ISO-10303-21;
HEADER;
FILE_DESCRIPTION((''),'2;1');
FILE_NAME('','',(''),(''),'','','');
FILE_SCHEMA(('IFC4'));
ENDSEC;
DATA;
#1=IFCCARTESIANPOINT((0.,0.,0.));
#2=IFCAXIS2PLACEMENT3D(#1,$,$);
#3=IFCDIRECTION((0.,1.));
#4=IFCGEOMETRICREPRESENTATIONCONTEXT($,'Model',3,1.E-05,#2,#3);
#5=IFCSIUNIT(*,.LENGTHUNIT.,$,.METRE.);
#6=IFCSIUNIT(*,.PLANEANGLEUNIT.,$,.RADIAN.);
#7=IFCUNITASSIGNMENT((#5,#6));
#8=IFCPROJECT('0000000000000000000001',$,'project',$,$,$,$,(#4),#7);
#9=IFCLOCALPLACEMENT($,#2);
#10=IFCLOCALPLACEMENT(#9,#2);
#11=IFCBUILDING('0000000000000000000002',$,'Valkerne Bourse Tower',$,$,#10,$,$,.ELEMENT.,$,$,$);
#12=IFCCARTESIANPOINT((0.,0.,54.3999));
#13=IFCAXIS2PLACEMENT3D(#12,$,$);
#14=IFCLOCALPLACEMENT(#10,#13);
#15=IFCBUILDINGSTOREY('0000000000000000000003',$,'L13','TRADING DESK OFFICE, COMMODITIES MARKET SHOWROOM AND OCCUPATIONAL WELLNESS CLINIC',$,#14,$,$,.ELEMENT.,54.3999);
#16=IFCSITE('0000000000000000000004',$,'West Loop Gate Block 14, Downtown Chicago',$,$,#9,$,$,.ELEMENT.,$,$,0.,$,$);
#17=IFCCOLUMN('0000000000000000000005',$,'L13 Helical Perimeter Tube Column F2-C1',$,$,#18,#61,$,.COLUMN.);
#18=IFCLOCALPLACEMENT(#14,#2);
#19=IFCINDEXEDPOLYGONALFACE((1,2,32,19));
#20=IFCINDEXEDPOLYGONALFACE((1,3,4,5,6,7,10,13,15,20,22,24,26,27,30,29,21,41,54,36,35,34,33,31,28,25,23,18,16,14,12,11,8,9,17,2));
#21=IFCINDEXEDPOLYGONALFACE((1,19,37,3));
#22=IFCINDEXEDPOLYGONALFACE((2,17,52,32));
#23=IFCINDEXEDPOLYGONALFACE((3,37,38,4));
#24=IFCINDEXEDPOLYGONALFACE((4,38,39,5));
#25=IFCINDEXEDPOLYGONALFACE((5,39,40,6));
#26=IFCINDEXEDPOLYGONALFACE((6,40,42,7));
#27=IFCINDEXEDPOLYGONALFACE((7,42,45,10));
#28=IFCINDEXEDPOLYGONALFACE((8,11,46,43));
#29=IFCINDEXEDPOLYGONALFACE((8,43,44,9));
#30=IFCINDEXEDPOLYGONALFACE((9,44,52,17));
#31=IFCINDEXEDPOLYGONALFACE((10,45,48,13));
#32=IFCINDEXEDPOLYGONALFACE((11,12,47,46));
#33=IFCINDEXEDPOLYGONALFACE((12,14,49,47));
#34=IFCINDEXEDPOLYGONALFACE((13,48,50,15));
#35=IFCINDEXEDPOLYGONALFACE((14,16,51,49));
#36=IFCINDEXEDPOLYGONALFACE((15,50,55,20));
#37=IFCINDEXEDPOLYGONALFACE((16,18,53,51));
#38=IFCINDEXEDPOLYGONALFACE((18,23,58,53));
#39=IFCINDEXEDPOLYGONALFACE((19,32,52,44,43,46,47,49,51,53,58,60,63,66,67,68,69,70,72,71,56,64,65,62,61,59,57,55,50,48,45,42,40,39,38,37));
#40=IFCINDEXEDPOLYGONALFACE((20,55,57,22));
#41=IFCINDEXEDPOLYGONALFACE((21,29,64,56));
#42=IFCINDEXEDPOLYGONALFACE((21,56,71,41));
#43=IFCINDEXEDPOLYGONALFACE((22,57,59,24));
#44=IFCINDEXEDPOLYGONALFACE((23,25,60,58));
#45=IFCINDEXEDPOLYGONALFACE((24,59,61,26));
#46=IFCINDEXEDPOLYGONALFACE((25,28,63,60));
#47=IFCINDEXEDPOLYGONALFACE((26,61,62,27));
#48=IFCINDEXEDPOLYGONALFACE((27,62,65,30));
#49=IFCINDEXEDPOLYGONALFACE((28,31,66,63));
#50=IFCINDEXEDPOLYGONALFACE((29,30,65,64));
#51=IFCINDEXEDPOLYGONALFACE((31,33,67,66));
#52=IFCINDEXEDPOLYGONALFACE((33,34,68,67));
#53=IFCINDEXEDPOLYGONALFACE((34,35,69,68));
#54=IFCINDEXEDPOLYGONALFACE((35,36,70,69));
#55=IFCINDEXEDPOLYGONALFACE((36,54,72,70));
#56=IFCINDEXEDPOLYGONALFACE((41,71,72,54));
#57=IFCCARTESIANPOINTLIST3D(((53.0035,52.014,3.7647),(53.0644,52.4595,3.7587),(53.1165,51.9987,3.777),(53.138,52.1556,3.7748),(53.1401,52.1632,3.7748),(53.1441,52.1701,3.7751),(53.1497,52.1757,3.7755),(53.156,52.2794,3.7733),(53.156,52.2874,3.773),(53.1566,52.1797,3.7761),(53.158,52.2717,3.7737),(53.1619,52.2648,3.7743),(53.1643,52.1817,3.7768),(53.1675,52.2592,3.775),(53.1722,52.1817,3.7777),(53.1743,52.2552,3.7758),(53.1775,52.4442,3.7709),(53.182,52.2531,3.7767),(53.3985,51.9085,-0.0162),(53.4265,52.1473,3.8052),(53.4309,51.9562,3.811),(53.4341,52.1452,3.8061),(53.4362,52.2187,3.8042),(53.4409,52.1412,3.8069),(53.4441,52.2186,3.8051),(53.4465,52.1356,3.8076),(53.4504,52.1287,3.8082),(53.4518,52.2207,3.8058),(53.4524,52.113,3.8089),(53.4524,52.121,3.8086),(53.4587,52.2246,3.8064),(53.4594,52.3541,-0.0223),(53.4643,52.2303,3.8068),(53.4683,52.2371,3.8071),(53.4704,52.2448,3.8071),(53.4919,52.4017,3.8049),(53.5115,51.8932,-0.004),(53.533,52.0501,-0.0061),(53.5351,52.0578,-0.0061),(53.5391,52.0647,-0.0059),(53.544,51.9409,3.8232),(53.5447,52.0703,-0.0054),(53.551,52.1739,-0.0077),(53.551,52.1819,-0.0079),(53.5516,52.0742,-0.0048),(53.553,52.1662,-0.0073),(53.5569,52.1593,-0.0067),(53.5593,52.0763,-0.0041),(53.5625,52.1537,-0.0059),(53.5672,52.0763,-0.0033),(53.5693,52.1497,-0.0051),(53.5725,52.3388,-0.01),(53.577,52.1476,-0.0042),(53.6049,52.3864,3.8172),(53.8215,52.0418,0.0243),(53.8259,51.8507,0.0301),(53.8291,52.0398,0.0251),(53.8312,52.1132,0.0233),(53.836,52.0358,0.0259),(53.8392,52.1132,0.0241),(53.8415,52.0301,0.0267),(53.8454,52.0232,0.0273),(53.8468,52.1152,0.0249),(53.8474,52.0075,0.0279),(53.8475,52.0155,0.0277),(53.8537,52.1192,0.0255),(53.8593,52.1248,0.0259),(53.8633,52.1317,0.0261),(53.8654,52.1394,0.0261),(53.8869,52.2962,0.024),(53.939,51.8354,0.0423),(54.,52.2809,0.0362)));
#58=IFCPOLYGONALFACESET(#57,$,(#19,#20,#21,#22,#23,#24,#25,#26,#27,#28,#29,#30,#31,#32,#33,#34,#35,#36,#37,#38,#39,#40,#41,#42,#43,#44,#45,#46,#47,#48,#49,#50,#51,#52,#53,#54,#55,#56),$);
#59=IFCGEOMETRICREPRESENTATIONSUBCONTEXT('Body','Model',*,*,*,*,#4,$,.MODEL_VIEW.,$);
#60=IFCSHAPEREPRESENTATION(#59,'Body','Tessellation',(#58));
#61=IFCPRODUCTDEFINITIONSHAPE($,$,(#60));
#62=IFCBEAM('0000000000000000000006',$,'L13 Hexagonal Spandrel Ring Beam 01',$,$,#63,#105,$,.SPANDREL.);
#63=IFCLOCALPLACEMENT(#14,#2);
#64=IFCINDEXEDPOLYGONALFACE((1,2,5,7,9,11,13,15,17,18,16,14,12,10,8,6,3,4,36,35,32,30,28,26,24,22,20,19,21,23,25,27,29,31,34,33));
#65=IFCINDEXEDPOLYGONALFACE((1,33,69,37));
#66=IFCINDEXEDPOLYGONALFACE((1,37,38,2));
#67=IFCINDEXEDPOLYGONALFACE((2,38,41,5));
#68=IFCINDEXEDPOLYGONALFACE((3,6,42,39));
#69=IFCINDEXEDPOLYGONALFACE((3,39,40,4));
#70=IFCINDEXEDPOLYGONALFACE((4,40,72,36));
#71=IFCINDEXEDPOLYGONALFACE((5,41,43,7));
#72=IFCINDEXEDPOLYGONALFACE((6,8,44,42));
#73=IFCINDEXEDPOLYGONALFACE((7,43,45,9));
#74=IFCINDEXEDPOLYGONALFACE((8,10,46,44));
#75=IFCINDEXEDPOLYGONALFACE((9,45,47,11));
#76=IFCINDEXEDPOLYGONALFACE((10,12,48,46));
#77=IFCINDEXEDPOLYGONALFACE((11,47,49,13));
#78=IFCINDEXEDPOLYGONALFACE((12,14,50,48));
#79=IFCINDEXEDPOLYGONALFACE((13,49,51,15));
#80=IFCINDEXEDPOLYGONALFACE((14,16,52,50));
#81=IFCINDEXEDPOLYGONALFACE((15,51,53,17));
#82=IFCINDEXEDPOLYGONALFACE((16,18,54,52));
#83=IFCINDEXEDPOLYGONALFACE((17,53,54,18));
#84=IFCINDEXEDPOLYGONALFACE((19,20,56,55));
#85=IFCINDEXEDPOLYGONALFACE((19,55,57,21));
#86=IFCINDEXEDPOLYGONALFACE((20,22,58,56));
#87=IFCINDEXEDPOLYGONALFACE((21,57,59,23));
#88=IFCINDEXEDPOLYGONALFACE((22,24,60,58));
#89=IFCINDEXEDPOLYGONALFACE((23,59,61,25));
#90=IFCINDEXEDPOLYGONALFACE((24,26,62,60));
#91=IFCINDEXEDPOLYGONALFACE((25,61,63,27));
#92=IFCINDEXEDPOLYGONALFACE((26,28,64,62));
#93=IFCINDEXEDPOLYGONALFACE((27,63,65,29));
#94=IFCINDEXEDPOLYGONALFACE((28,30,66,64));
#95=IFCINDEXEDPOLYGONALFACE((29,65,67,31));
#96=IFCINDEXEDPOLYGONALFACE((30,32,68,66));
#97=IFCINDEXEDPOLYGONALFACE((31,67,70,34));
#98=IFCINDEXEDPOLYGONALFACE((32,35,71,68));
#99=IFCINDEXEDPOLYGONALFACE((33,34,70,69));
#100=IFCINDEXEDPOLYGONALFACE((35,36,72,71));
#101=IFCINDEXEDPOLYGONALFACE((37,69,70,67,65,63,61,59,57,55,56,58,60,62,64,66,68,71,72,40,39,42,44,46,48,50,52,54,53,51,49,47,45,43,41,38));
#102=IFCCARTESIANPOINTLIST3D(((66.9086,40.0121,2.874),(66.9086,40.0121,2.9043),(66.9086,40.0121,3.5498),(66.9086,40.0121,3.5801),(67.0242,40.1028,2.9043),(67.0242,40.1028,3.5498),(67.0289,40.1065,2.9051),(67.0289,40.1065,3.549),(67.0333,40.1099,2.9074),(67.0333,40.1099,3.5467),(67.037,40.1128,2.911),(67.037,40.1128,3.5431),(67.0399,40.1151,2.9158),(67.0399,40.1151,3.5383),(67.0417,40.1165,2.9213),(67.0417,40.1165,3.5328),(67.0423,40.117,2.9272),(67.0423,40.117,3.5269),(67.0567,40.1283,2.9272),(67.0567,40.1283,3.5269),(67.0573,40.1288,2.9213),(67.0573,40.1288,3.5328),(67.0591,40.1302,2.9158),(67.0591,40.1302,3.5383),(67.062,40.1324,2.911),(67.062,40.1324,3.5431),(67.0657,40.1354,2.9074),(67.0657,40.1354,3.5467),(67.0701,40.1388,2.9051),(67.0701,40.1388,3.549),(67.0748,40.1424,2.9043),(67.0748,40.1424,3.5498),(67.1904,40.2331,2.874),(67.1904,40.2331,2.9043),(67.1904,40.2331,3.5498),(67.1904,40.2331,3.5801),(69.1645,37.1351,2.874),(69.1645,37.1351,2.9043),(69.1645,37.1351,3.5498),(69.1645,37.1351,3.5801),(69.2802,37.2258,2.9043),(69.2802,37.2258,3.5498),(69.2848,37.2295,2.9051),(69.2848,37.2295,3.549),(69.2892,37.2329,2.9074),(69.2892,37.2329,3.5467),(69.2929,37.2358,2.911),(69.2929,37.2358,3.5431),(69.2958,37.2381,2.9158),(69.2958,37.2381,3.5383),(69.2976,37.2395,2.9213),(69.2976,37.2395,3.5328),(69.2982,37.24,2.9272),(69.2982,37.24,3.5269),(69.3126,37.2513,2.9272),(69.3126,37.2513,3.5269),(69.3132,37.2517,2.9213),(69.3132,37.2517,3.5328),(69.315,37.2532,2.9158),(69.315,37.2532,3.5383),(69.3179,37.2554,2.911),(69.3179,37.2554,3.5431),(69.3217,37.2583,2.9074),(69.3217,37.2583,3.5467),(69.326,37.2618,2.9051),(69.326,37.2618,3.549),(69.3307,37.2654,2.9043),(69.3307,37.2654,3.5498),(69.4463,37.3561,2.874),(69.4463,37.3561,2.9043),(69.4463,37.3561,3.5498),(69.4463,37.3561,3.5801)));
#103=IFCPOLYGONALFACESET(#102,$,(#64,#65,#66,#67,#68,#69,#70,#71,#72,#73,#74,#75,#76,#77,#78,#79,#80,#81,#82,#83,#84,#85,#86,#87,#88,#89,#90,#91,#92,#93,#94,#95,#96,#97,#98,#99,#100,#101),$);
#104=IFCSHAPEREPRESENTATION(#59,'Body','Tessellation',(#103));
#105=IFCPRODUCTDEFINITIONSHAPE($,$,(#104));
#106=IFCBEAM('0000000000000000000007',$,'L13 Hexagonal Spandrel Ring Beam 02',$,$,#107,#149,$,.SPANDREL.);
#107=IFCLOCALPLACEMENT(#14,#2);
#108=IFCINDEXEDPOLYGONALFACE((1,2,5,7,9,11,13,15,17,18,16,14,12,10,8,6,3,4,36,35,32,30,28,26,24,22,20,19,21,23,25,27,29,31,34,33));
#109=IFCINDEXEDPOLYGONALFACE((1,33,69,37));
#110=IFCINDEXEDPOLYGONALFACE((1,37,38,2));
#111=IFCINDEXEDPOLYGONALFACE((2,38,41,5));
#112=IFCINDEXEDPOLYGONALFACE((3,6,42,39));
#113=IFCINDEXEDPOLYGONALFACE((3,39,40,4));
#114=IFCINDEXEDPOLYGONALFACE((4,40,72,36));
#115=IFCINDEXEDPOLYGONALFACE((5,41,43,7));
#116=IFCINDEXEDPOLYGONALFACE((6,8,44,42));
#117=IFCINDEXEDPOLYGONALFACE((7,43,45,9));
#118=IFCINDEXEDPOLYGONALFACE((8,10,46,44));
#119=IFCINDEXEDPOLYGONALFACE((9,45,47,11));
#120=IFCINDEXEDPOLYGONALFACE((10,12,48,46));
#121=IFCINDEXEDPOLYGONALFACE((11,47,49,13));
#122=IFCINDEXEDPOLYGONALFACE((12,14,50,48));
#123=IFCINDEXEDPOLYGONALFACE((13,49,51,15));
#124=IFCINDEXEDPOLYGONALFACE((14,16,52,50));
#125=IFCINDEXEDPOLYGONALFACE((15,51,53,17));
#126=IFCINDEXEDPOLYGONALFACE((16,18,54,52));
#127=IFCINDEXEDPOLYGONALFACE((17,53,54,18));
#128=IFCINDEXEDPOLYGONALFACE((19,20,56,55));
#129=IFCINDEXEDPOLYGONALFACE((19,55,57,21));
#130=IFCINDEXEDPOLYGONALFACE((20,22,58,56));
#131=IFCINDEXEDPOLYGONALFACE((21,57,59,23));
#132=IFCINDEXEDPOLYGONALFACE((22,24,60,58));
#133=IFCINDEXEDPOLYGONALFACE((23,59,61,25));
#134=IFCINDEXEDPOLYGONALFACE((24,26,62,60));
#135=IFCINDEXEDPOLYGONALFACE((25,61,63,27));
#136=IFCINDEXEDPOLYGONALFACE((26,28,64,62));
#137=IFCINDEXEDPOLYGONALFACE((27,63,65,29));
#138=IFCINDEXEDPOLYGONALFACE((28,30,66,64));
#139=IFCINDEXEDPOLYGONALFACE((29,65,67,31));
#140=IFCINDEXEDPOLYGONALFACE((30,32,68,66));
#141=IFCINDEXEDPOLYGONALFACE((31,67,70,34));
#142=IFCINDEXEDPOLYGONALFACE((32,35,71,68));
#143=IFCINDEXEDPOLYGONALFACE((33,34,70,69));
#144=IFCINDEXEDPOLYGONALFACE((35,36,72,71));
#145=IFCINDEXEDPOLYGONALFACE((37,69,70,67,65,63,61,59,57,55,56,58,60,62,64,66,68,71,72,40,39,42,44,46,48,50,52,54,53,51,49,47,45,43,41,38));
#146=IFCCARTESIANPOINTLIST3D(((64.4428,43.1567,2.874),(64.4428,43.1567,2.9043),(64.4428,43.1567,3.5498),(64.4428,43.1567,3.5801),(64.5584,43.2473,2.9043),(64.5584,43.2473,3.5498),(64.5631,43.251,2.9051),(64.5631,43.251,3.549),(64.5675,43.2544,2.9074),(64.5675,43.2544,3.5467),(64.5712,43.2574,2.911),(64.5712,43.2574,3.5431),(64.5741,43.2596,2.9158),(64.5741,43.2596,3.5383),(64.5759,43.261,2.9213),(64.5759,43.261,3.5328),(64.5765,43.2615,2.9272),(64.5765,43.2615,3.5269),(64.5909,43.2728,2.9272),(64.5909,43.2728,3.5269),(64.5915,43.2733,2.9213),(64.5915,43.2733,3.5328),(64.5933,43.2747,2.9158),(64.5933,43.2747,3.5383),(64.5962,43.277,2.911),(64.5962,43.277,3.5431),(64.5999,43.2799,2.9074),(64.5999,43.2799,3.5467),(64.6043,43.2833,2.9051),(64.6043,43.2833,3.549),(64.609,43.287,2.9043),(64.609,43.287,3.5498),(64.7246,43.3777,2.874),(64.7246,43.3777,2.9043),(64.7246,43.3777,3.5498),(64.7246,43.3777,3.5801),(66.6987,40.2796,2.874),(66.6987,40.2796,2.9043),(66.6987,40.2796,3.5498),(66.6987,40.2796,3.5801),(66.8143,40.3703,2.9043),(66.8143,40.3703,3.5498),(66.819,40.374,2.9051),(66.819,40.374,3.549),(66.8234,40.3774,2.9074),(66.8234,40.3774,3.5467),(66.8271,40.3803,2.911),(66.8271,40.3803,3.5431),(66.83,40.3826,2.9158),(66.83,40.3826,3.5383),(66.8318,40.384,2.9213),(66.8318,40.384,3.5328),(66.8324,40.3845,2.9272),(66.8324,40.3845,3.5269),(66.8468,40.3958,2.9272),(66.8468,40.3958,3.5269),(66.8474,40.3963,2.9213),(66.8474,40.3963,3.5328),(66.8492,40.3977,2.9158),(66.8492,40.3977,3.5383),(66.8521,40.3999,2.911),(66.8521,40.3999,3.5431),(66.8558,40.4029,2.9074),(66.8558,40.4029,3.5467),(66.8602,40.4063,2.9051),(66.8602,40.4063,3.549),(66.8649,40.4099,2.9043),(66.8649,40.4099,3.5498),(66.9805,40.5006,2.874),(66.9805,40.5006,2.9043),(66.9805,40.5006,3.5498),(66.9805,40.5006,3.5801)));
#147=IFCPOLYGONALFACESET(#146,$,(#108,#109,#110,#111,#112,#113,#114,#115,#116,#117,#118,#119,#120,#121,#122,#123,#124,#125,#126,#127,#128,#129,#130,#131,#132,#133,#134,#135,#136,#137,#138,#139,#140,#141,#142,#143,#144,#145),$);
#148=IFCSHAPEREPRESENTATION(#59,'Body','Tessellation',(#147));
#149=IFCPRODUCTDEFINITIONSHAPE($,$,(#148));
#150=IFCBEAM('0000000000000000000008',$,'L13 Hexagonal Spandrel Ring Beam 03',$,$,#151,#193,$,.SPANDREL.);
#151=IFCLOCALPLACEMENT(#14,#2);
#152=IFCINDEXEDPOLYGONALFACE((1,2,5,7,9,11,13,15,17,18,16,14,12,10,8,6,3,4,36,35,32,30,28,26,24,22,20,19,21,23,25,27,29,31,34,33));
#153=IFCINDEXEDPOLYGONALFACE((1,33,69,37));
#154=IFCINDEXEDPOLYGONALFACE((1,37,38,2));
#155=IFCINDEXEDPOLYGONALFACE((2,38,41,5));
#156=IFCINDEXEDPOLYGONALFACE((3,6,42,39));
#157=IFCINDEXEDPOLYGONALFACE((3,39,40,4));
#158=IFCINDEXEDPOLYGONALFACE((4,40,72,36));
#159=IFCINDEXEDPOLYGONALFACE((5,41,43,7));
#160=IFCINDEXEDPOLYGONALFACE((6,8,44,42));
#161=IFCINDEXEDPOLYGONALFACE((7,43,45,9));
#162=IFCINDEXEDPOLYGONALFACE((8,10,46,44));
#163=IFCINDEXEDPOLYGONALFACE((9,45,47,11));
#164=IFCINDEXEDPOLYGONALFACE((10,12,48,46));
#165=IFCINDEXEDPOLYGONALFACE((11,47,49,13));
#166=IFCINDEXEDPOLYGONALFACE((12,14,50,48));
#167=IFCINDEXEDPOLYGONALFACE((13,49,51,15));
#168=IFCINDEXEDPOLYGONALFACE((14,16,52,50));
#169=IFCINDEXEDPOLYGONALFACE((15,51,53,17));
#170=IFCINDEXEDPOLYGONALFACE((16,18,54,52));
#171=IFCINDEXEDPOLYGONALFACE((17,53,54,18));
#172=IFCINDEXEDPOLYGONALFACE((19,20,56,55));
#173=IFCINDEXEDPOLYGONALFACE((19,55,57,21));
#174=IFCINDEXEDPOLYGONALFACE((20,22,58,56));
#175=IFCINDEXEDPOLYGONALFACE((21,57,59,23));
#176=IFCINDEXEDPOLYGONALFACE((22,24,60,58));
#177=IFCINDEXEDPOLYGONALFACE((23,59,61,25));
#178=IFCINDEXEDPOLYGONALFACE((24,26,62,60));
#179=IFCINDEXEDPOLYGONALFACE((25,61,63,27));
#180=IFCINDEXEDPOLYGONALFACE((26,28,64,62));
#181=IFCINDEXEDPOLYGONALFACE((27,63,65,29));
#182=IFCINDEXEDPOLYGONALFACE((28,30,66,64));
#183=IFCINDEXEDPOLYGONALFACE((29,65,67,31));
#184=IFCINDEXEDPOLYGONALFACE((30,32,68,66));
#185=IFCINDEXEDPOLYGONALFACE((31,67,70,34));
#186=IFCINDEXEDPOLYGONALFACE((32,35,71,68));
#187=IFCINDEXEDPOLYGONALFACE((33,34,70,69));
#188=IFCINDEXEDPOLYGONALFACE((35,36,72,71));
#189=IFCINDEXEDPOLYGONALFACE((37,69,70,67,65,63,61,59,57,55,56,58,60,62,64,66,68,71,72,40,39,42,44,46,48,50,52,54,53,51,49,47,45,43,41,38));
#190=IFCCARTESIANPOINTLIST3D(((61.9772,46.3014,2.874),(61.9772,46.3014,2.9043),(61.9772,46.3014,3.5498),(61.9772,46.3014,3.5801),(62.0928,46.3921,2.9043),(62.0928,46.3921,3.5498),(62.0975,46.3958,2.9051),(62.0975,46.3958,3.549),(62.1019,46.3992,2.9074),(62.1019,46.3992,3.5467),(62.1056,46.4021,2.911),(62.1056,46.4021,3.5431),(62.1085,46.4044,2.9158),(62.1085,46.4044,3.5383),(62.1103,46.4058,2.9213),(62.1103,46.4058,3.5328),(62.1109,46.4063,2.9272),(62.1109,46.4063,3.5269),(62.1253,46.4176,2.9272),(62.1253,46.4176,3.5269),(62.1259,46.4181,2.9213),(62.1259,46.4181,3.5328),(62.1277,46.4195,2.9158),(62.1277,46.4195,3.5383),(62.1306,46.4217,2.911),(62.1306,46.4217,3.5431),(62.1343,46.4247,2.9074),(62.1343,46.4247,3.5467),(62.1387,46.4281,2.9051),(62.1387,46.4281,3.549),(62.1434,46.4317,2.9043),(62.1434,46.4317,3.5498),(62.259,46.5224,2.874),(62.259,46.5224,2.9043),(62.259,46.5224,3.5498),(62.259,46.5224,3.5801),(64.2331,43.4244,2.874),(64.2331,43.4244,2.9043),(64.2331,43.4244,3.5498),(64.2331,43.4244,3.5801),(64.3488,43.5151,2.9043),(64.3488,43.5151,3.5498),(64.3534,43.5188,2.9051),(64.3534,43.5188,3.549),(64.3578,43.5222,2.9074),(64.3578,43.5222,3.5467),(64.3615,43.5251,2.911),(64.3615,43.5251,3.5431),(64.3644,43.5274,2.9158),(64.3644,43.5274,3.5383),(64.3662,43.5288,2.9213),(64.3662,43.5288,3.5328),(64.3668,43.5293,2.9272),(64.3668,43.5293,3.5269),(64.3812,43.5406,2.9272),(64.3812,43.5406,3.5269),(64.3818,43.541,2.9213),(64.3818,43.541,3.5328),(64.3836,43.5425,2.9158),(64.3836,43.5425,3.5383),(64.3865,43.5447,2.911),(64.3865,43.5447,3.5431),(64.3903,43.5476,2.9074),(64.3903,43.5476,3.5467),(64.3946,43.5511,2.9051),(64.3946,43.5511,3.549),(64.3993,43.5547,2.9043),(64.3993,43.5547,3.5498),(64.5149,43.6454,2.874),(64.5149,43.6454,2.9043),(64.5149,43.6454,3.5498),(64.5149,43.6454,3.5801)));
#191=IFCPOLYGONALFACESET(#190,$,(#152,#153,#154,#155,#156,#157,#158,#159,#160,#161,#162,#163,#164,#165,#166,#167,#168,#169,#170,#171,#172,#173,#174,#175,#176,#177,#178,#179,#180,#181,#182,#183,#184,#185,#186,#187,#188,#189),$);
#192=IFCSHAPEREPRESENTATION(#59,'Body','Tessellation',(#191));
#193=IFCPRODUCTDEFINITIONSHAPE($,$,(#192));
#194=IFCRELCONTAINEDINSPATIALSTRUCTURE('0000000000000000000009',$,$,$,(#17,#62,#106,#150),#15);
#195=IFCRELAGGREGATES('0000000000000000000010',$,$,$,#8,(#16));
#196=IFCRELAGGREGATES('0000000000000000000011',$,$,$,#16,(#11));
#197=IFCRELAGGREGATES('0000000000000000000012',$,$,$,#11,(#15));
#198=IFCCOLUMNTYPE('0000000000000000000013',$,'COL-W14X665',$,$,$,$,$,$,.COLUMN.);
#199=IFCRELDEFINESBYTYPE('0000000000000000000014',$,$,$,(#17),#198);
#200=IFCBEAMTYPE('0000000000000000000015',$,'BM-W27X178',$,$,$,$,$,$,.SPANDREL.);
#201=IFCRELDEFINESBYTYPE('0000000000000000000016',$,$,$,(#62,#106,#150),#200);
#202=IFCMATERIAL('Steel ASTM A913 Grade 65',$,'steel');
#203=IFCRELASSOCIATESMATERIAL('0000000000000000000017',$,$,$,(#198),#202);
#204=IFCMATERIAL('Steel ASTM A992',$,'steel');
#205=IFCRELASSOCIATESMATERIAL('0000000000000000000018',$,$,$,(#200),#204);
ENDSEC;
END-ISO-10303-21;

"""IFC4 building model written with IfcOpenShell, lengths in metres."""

from ifc_helpers import new_model, si_unit, direction, frame, origin, origin_2d, place, context, subcontext, project, spatial, i_section, extrude, material, material_profile, profile_set, type_object, element, save


model = new_model("IFC4")

# Units and contexts
model_context = context("Model", 3, precision=1e-05, world=origin(), true_north=direction((0.0, 1.0)))
body_context = subcontext(model_context, "Body", "Model", "MODEL_VIEW")
ifc_project = project(units=[si_unit("LENGTHUNIT", "METRE"), si_unit("PLANEANGLEUNIT", "RADIAN")], contexts=[model_context])

# Site, building, storey
site_placement = place(None, origin())
site = spatial("IfcSite", under=ifc_project, at=site_placement, Name="West Loop Gate Block 14, Downtown Chicago", CompositionType="ELEMENT", RefElevation=0.0)
building_placement = place(site_placement, origin())
building = spatial("IfcBuilding", under=site, at=building_placement, Name="Valkerne Bourse Tower", CompositionType="ELEMENT")
storey_placement = place(building_placement, frame((0.0, 0.0, 54.3999)))
storey = spatial("IfcBuildingStorey", under=building, at=storey_placement, Name="L13", Description="TRADING DESK OFFICE, COMMODITIES MARKET SHOWROOM AND OCCUPATIONAL WELLNESS CLINIC", CompositionType="ELEMENT", Elevation=54.3999)

# Column
ifc_material_1 = material(Name="Steel ASTM A913 Grade 65", Category="steel")
ifc_material_profile_1 = material_profile(ifc_material_1, i_section(OverallWidth=0.4497, OverallDepth=0.5486, WebThickness=0.072, FlangeThickness=0.1147, FilletRadius=0.0305, at=origin_2d()), Name="W14X665")
ifc_profile_set_1 = profile_set([ifc_material_profile_1], Name="Steel ASTM A913 Grade 65")
column_type = type_object("IfcColumnType", Name="COL-W14X665", PredefinedType="COLUMN", material=ifc_profile_set_1)
for number, where, z_axis, x_axis, name in (
    (1, (53.6992, 52.0947, 0.01), (-0.103869, 0.027733, 0.994204), (0.135536, 0.990681, -0.013474), "L13 Helical Perimeter Tube Column F2-C1"),
):
    element("IfcColumn", number, at=place(storey_placement, frame(where, z_axis=z_axis, x_axis=x_axis)), inside=storey, type_object=column_type, Name=name, PredefinedType="COLUMN", context=body_context, shape_type="SweptSolid", body=[
        extrude(i_section(OverallWidth=0.4497, OverallDepth=0.5486, WebThickness=0.072, FlangeThickness=0.1147, FilletRadius=0.0305, at=origin_2d()), origin(), (0.0, 0.0, 1.0), 3.803),
    ])

# Beams
ifc_material_2 = material(Name="Steel ASTM A992", Category="steel")
ifc_material_profile_2 = material_profile(ifc_material_2, i_section(OverallWidth=0.3582, OverallDepth=0.7061, WebThickness=0.0183, FlangeThickness=0.0303, FilletRadius=0.0229, at=origin_2d()), Name="W27X178")
ifc_profile_set_2 = profile_set([ifc_material_profile_2], Name="Steel ASTM A992")
beam_type = type_object("IfcBeamType", Name="BM-W27X178", PredefinedType="SPANDREL", material=ifc_profile_set_2)
for number, where, z_axis, x_axis, name in (
    (2, (69.3054, 37.2456, 3.2271), (-0.617043, 0.78693, 0.0), (-0.78693, -0.617043, 0.0), "L13 Hexagonal Spandrel Ring Beam 01"),
    (3, (66.8396, 40.3901, 3.2271), (-0.617043, 0.78693, 0.0), (-0.78693, -0.617043, 0.0), "L13 Hexagonal Spandrel Ring Beam 02"),
    (4, (64.374, 43.5349, 3.2271), (-0.617043, 0.78693, 0.0), (-0.78693, -0.617043, 0.0), "L13 Hexagonal Spandrel Ring Beam 03"),
):
    element("IfcBeam", number, at=place(storey_placement, frame(where, z_axis=z_axis, x_axis=x_axis)), inside=storey, type_object=beam_type, Name=name, PredefinedType="SPANDREL", context=body_context, shape_type="SweptSolid", body=[
        extrude(i_section(OverallWidth=0.3582, OverallDepth=0.7061, WebThickness=0.0183, FlangeThickness=0.0303, FilletRadius=0.0229, at=origin_2d()), origin(), (0.0, 0.0, 1.0), 3.656),
    ])

save(model, "model.ifc")
